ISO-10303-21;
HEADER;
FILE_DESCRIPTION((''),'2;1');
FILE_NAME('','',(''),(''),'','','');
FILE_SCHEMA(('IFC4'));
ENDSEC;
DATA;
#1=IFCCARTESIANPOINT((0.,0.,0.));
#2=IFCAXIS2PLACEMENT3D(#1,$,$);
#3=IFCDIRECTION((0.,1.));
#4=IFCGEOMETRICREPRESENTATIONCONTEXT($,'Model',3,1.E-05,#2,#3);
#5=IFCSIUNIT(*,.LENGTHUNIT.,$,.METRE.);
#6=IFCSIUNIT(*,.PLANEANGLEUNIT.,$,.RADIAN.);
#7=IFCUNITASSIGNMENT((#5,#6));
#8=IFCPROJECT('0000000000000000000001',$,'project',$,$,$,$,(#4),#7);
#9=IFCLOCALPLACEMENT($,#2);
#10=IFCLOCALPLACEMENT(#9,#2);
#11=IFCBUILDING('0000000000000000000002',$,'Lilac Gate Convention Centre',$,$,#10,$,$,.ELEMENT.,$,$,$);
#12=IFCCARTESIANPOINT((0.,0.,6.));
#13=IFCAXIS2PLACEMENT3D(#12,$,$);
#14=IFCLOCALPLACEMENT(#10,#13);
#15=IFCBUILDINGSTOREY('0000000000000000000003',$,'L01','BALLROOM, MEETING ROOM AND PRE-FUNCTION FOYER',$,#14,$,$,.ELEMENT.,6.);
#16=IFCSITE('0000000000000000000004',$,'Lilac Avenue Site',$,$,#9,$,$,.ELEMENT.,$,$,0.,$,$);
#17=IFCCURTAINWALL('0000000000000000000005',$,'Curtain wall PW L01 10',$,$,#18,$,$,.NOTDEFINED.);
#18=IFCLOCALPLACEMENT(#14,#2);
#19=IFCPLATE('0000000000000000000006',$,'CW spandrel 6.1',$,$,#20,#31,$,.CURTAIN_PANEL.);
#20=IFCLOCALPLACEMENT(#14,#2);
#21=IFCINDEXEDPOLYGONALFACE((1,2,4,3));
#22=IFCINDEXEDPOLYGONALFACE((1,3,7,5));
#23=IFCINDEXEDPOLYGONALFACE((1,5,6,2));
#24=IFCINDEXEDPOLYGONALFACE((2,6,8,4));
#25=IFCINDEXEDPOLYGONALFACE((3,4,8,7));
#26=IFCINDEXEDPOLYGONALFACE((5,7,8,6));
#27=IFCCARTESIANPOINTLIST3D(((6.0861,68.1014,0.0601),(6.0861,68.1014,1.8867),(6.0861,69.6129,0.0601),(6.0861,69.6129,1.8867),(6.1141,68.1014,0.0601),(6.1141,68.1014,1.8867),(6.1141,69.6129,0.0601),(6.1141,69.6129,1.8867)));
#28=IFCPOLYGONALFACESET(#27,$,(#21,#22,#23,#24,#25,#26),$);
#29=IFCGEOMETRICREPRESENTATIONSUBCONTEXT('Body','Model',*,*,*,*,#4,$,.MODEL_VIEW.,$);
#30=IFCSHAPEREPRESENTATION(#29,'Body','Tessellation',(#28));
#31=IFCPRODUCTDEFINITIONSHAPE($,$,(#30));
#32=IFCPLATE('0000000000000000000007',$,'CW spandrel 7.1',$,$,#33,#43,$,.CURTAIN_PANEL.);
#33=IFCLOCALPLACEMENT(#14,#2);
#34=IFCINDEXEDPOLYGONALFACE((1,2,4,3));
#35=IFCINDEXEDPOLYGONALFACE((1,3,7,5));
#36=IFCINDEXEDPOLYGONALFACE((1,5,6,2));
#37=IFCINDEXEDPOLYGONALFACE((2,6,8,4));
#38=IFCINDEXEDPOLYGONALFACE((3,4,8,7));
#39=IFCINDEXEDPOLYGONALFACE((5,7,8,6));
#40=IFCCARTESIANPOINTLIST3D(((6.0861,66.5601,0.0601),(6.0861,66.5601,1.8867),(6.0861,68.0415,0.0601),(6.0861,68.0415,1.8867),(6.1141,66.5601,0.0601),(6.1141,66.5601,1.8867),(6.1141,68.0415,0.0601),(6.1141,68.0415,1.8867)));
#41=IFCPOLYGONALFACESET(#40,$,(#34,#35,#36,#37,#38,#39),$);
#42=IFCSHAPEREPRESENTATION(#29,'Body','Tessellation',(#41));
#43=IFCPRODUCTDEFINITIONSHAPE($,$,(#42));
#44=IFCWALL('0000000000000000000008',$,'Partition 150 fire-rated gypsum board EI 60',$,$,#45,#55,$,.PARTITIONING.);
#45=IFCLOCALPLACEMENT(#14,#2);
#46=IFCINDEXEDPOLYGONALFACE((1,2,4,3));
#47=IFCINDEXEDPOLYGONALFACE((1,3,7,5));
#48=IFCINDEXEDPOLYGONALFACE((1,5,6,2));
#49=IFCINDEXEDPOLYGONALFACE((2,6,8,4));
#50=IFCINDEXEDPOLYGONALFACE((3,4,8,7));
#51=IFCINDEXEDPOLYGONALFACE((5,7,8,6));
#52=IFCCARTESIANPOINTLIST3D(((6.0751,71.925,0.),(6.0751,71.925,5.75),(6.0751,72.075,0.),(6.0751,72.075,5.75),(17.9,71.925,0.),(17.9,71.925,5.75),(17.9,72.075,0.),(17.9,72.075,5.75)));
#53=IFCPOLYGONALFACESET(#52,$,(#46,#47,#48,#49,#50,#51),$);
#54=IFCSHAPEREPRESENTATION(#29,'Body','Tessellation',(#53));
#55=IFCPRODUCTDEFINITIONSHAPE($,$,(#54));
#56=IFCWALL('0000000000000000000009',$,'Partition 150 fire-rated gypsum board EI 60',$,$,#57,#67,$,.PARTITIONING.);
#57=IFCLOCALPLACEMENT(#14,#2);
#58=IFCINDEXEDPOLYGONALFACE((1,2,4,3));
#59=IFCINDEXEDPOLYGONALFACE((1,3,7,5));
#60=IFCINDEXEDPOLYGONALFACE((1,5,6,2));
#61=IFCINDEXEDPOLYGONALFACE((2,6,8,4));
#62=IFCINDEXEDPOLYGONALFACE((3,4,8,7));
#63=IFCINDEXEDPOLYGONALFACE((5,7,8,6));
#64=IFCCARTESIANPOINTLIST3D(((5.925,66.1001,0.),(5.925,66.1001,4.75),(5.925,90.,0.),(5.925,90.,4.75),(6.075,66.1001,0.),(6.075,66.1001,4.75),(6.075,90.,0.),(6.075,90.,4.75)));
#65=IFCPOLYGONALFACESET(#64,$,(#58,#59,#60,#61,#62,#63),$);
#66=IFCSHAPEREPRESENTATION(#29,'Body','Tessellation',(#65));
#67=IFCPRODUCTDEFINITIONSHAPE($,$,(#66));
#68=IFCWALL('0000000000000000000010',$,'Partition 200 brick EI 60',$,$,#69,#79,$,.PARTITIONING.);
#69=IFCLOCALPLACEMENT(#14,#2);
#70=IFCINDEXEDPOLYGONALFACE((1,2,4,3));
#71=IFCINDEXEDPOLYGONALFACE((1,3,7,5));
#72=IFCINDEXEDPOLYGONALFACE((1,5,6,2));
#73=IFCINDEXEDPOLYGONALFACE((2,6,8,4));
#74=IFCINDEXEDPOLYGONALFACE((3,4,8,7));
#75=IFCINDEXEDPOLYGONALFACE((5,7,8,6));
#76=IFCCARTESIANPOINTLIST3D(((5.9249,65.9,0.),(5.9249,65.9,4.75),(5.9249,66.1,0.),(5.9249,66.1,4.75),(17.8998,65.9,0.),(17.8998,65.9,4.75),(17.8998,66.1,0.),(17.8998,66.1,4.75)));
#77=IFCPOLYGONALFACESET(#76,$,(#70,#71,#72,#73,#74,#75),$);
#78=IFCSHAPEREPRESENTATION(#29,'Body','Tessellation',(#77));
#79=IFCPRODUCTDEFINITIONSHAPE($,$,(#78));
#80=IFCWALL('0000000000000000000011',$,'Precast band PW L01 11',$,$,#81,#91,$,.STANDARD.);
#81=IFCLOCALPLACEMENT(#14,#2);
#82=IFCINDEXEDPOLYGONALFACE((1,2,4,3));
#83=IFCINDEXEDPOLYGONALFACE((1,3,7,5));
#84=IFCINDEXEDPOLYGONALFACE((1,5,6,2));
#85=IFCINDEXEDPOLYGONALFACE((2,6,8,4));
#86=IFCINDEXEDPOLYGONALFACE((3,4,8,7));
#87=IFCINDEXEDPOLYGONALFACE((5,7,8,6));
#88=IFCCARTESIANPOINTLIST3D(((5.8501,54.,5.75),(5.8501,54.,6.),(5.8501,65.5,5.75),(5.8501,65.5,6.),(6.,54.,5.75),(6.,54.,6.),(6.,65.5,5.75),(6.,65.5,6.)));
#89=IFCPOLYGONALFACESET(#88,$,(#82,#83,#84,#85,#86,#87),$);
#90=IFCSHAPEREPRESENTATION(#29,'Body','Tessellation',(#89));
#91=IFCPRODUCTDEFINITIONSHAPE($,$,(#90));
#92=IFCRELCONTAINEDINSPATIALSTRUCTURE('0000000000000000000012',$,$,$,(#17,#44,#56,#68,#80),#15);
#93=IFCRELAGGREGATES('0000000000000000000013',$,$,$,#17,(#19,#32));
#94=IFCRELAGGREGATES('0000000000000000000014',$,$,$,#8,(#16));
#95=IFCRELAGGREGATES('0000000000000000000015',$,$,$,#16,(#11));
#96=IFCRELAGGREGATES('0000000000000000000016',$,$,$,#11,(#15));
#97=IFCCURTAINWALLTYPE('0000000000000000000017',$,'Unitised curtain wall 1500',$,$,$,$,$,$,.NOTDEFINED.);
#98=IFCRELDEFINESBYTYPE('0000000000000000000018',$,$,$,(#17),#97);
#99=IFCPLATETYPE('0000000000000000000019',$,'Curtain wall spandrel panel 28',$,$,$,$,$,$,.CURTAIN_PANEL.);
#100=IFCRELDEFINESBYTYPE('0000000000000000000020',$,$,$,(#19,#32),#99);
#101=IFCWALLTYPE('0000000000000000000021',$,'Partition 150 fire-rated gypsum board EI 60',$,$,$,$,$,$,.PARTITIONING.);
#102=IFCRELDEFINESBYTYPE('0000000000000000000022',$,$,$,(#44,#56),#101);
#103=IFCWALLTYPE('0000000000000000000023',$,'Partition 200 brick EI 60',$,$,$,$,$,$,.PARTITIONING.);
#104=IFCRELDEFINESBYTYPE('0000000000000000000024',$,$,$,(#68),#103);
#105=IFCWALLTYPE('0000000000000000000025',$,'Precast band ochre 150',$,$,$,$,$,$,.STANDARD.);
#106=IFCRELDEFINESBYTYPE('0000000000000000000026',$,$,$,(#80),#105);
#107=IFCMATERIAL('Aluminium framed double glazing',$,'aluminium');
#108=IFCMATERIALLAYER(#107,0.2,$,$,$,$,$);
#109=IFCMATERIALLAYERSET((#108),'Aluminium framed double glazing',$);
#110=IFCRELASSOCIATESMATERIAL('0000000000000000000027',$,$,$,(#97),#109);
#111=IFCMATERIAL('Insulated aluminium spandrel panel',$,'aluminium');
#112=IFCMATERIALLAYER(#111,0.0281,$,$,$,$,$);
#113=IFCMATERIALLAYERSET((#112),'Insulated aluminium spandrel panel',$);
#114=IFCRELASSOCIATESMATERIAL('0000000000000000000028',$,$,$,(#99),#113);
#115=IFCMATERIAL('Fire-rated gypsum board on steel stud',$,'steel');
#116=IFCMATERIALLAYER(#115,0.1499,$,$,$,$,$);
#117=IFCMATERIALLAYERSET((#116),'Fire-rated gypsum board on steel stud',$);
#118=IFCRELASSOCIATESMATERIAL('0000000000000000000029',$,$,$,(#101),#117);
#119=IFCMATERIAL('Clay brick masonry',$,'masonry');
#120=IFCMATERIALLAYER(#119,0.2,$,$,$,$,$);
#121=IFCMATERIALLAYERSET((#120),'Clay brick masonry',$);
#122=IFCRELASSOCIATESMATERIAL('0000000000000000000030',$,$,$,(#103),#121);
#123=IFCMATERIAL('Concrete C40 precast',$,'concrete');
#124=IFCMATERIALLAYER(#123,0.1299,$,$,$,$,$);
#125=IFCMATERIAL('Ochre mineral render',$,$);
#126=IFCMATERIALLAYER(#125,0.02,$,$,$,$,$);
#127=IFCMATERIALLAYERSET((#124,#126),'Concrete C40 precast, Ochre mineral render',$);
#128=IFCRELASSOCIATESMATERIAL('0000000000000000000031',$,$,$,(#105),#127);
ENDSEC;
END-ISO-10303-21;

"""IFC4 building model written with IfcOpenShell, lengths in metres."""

from ifc_helpers import new_model, si_unit, direction, frame, frame_2d, origin, origin_2d, place, context, subcontext, project, spatial, rectangle, extrude, material, layer, layer_set, type_object, element, aggregate, save


model = new_model("IFC4")

# Units and contexts
model_context = context("Model", 3, precision=1e-05, world=origin(), true_north=direction((0.0, 1.0)))
body_context = subcontext(model_context, "Body", "Model", "MODEL_VIEW")
ifc_project = project(units=[si_unit("LENGTHUNIT", "METRE"), si_unit("PLANEANGLEUNIT", "RADIAN")], contexts=[model_context])

# Site, building, storey
site_placement = place(None, origin())
site = spatial("IfcSite", under=ifc_project, at=site_placement, Name="Lilac Avenue Site", CompositionType="ELEMENT", RefElevation=0.0)
building_placement = place(site_placement, origin())
building = spatial("IfcBuilding", under=site, at=building_placement, Name="Lilac Gate Convention Centre", CompositionType="ELEMENT")
storey_placement = place(building_placement, frame((0.0, 0.0, 6.0)))
storey = spatial("IfcBuildingStorey", under=building, at=storey_placement, Name="L01", Description="BALLROOM, MEETING ROOM AND PRE-FUNCTION FOYER", CompositionType="ELEMENT", Elevation=6.0)

# Curtain wall
ifc_material_1 = material(Name="Aluminium framed double glazing", Category="aluminium")
ifc_layer_1 = layer(ifc_material_1, 0.2)
ifc_layer_set_1 = layer_set([ifc_layer_1], Name="Aluminium framed double glazing")
curtain_wall_type = type_object("IfcCurtainWallType", Name="Unitised curtain wall 1500", PredefinedType="NOTDEFINED", material=ifc_layer_set_1)
curtain_wall_1_placement = place(storey_placement, origin())
curtain_wall_1 = element("IfcCurtainWall", 1, at=curtain_wall_1_placement, inside=storey, type_object=curtain_wall_type, Name="Curtain wall PW L01 10", PredefinedType="NOTDEFINED")

# Plates
ifc_material_2 = material(Name="Insulated aluminium spandrel panel", Category="aluminium")
ifc_layer_2 = layer(ifc_material_2, 0.0281)
ifc_layer_set_2 = layer_set([ifc_layer_2], Name="Insulated aluminium spandrel panel")
plate_type_1 = type_object("IfcPlateType", Name="Curtain wall spandrel panel 28", PredefinedType="CURTAIN_PANEL", material=ifc_layer_set_2)
plate_1_placement = place(storey_placement, frame((6.1001, 68.8572, 0.0601), z_axis=(0.0, 0.0, 1.0), x_axis=(0.0, -1.0, 0.0)))
plate_1 = element("IfcPlate", 2, at=plate_1_placement, type_object=plate_type_1, Name="CW spandrel 6.1", PredefinedType="CURTAIN_PANEL", context=body_context, shape_type="SweptSolid", body=[
    extrude(rectangle(XDim=1.5115, YDim=0.0281, at=origin_2d()), origin(), (0.0, 0.0, 1.0), 1.8267),
])
plate_2_placement = place(storey_placement, frame((6.1001, 67.3008, 0.0601), z_axis=(0.0, 0.0, 1.0), x_axis=(0.0, -1.0, 0.0)))
plate_2 = element("IfcPlate", 3, at=plate_2_placement, type_object=plate_type_1, Name="CW spandrel 7.1", PredefinedType="CURTAIN_PANEL", context=body_context, shape_type="SweptSolid", body=[
    extrude(rectangle(XDim=1.4814, YDim=0.0281, at=origin_2d()), origin(), (0.0, 0.0, 1.0), 1.8267),
])
aggregate(curtain_wall_1, [plate_1, plate_2])

# Walls
ifc_material_3 = material(Name="Fire-rated gypsum board on steel stud", Category="steel")
ifc_layer_3 = layer(ifc_material_3, 0.1499)
ifc_layer_set_3 = layer_set([ifc_layer_3], Name="Fire-rated gypsum board on steel stud")
wall_type_1 = type_object("IfcWallType", Name="Partition 150 fire-rated gypsum board EI 60", PredefinedType="PARTITIONING", material=ifc_layer_set_3)
wall_1_placement = place(storey_placement, frame((6.075, 72.0, 0.0), z_axis=(0.0, 0.0, 1.0), x_axis=(1.0, 0.0, 0.0)))
element("IfcWall", 4, at=wall_1_placement, inside=storey, type_object=wall_type_1, Name="Partition 150 fire-rated gypsum board EI 60", PredefinedType="PARTITIONING", context=body_context, shape_type="SweptSolid", body=[
    extrude(rectangle(XDim=11.825, YDim=0.1499, at=frame_2d((5.9126, 0.0))), origin(), (0.0, 0.0, 1.0), 5.75),
])
wall_2_placement = place(storey_placement, frame((6.0, 66.1001, 0.0), z_axis=(0.0, 0.0, 1.0), x_axis=(0.0, 1.0, 0.0)))
element("IfcWall", 5, at=wall_2_placement, inside=storey, type_object=wall_type_1, Name="Partition 150 fire-rated gypsum board EI 60", PredefinedType="PARTITIONING", context=body_context, shape_type="SweptSolid", body=[
    extrude(rectangle(XDim=23.8999, YDim=0.1499, at=frame_2d((11.95, 0.0))), origin(), (0.0, 0.0, 1.0), 4.75),
])
ifc_material_4 = material(Name="Clay brick masonry", Category="masonry")
ifc_layer_4 = layer(ifc_material_4, 0.2)
ifc_layer_set_4 = layer_set([ifc_layer_4], Name="Clay brick masonry")
wall_type_2 = type_object("IfcWallType", Name="Partition 200 brick EI 60", PredefinedType="PARTITIONING", material=ifc_layer_set_4)
wall_3_placement = place(storey_placement, frame((5.925, 66.0, 0.0), z_axis=(0.0, 0.0, 1.0), x_axis=(1.0, 0.0, 0.0)))
element("IfcWall", 6, at=wall_3_placement, inside=storey, type_object=wall_type_2, Name="Partition 200 brick EI 60", PredefinedType="PARTITIONING", context=body_context, shape_type="SweptSolid", body=[
    extrude(rectangle(XDim=11.9749, YDim=0.2, at=frame_2d((5.9873, 0.0))), origin(), (0.0, 0.0, 1.0), 4.75),
])
ifc_material_5 = material(Name="Concrete C40 precast", Category="concrete")
ifc_layer_5 = layer(ifc_material_5, 0.1299)
ifc_material_6 = material(Name="Ochre mineral render")
ifc_layer_6 = layer(ifc_material_6, 0.02)
ifc_layer_set_5 = layer_set([ifc_layer_5, ifc_layer_6], Name="Concrete C40 precast, Ochre mineral render")
wall_type_3 = type_object("IfcWallType", Name="Precast band ochre 150", PredefinedType="STANDARD", material=ifc_layer_set_5)
wall_4_placement = place(storey_placement, frame((5.925, 65.5, 5.75), z_axis=(0.0, 0.0, 1.0), x_axis=(0.0, -1.0, 0.0)))
element("IfcWall", 7, at=wall_4_placement, inside=storey, type_object=wall_type_3, Name="Precast band PW L01 11", PredefinedType="STANDARD", context=body_context, shape_type="SweptSolid", body=[
    extrude(rectangle(XDim=11.5, YDim=0.1499, at=frame_2d((5.75, 0.0))), origin(), (0.0, 0.0, 1.0), 0.25),
])

save(model, "model.ifc")
